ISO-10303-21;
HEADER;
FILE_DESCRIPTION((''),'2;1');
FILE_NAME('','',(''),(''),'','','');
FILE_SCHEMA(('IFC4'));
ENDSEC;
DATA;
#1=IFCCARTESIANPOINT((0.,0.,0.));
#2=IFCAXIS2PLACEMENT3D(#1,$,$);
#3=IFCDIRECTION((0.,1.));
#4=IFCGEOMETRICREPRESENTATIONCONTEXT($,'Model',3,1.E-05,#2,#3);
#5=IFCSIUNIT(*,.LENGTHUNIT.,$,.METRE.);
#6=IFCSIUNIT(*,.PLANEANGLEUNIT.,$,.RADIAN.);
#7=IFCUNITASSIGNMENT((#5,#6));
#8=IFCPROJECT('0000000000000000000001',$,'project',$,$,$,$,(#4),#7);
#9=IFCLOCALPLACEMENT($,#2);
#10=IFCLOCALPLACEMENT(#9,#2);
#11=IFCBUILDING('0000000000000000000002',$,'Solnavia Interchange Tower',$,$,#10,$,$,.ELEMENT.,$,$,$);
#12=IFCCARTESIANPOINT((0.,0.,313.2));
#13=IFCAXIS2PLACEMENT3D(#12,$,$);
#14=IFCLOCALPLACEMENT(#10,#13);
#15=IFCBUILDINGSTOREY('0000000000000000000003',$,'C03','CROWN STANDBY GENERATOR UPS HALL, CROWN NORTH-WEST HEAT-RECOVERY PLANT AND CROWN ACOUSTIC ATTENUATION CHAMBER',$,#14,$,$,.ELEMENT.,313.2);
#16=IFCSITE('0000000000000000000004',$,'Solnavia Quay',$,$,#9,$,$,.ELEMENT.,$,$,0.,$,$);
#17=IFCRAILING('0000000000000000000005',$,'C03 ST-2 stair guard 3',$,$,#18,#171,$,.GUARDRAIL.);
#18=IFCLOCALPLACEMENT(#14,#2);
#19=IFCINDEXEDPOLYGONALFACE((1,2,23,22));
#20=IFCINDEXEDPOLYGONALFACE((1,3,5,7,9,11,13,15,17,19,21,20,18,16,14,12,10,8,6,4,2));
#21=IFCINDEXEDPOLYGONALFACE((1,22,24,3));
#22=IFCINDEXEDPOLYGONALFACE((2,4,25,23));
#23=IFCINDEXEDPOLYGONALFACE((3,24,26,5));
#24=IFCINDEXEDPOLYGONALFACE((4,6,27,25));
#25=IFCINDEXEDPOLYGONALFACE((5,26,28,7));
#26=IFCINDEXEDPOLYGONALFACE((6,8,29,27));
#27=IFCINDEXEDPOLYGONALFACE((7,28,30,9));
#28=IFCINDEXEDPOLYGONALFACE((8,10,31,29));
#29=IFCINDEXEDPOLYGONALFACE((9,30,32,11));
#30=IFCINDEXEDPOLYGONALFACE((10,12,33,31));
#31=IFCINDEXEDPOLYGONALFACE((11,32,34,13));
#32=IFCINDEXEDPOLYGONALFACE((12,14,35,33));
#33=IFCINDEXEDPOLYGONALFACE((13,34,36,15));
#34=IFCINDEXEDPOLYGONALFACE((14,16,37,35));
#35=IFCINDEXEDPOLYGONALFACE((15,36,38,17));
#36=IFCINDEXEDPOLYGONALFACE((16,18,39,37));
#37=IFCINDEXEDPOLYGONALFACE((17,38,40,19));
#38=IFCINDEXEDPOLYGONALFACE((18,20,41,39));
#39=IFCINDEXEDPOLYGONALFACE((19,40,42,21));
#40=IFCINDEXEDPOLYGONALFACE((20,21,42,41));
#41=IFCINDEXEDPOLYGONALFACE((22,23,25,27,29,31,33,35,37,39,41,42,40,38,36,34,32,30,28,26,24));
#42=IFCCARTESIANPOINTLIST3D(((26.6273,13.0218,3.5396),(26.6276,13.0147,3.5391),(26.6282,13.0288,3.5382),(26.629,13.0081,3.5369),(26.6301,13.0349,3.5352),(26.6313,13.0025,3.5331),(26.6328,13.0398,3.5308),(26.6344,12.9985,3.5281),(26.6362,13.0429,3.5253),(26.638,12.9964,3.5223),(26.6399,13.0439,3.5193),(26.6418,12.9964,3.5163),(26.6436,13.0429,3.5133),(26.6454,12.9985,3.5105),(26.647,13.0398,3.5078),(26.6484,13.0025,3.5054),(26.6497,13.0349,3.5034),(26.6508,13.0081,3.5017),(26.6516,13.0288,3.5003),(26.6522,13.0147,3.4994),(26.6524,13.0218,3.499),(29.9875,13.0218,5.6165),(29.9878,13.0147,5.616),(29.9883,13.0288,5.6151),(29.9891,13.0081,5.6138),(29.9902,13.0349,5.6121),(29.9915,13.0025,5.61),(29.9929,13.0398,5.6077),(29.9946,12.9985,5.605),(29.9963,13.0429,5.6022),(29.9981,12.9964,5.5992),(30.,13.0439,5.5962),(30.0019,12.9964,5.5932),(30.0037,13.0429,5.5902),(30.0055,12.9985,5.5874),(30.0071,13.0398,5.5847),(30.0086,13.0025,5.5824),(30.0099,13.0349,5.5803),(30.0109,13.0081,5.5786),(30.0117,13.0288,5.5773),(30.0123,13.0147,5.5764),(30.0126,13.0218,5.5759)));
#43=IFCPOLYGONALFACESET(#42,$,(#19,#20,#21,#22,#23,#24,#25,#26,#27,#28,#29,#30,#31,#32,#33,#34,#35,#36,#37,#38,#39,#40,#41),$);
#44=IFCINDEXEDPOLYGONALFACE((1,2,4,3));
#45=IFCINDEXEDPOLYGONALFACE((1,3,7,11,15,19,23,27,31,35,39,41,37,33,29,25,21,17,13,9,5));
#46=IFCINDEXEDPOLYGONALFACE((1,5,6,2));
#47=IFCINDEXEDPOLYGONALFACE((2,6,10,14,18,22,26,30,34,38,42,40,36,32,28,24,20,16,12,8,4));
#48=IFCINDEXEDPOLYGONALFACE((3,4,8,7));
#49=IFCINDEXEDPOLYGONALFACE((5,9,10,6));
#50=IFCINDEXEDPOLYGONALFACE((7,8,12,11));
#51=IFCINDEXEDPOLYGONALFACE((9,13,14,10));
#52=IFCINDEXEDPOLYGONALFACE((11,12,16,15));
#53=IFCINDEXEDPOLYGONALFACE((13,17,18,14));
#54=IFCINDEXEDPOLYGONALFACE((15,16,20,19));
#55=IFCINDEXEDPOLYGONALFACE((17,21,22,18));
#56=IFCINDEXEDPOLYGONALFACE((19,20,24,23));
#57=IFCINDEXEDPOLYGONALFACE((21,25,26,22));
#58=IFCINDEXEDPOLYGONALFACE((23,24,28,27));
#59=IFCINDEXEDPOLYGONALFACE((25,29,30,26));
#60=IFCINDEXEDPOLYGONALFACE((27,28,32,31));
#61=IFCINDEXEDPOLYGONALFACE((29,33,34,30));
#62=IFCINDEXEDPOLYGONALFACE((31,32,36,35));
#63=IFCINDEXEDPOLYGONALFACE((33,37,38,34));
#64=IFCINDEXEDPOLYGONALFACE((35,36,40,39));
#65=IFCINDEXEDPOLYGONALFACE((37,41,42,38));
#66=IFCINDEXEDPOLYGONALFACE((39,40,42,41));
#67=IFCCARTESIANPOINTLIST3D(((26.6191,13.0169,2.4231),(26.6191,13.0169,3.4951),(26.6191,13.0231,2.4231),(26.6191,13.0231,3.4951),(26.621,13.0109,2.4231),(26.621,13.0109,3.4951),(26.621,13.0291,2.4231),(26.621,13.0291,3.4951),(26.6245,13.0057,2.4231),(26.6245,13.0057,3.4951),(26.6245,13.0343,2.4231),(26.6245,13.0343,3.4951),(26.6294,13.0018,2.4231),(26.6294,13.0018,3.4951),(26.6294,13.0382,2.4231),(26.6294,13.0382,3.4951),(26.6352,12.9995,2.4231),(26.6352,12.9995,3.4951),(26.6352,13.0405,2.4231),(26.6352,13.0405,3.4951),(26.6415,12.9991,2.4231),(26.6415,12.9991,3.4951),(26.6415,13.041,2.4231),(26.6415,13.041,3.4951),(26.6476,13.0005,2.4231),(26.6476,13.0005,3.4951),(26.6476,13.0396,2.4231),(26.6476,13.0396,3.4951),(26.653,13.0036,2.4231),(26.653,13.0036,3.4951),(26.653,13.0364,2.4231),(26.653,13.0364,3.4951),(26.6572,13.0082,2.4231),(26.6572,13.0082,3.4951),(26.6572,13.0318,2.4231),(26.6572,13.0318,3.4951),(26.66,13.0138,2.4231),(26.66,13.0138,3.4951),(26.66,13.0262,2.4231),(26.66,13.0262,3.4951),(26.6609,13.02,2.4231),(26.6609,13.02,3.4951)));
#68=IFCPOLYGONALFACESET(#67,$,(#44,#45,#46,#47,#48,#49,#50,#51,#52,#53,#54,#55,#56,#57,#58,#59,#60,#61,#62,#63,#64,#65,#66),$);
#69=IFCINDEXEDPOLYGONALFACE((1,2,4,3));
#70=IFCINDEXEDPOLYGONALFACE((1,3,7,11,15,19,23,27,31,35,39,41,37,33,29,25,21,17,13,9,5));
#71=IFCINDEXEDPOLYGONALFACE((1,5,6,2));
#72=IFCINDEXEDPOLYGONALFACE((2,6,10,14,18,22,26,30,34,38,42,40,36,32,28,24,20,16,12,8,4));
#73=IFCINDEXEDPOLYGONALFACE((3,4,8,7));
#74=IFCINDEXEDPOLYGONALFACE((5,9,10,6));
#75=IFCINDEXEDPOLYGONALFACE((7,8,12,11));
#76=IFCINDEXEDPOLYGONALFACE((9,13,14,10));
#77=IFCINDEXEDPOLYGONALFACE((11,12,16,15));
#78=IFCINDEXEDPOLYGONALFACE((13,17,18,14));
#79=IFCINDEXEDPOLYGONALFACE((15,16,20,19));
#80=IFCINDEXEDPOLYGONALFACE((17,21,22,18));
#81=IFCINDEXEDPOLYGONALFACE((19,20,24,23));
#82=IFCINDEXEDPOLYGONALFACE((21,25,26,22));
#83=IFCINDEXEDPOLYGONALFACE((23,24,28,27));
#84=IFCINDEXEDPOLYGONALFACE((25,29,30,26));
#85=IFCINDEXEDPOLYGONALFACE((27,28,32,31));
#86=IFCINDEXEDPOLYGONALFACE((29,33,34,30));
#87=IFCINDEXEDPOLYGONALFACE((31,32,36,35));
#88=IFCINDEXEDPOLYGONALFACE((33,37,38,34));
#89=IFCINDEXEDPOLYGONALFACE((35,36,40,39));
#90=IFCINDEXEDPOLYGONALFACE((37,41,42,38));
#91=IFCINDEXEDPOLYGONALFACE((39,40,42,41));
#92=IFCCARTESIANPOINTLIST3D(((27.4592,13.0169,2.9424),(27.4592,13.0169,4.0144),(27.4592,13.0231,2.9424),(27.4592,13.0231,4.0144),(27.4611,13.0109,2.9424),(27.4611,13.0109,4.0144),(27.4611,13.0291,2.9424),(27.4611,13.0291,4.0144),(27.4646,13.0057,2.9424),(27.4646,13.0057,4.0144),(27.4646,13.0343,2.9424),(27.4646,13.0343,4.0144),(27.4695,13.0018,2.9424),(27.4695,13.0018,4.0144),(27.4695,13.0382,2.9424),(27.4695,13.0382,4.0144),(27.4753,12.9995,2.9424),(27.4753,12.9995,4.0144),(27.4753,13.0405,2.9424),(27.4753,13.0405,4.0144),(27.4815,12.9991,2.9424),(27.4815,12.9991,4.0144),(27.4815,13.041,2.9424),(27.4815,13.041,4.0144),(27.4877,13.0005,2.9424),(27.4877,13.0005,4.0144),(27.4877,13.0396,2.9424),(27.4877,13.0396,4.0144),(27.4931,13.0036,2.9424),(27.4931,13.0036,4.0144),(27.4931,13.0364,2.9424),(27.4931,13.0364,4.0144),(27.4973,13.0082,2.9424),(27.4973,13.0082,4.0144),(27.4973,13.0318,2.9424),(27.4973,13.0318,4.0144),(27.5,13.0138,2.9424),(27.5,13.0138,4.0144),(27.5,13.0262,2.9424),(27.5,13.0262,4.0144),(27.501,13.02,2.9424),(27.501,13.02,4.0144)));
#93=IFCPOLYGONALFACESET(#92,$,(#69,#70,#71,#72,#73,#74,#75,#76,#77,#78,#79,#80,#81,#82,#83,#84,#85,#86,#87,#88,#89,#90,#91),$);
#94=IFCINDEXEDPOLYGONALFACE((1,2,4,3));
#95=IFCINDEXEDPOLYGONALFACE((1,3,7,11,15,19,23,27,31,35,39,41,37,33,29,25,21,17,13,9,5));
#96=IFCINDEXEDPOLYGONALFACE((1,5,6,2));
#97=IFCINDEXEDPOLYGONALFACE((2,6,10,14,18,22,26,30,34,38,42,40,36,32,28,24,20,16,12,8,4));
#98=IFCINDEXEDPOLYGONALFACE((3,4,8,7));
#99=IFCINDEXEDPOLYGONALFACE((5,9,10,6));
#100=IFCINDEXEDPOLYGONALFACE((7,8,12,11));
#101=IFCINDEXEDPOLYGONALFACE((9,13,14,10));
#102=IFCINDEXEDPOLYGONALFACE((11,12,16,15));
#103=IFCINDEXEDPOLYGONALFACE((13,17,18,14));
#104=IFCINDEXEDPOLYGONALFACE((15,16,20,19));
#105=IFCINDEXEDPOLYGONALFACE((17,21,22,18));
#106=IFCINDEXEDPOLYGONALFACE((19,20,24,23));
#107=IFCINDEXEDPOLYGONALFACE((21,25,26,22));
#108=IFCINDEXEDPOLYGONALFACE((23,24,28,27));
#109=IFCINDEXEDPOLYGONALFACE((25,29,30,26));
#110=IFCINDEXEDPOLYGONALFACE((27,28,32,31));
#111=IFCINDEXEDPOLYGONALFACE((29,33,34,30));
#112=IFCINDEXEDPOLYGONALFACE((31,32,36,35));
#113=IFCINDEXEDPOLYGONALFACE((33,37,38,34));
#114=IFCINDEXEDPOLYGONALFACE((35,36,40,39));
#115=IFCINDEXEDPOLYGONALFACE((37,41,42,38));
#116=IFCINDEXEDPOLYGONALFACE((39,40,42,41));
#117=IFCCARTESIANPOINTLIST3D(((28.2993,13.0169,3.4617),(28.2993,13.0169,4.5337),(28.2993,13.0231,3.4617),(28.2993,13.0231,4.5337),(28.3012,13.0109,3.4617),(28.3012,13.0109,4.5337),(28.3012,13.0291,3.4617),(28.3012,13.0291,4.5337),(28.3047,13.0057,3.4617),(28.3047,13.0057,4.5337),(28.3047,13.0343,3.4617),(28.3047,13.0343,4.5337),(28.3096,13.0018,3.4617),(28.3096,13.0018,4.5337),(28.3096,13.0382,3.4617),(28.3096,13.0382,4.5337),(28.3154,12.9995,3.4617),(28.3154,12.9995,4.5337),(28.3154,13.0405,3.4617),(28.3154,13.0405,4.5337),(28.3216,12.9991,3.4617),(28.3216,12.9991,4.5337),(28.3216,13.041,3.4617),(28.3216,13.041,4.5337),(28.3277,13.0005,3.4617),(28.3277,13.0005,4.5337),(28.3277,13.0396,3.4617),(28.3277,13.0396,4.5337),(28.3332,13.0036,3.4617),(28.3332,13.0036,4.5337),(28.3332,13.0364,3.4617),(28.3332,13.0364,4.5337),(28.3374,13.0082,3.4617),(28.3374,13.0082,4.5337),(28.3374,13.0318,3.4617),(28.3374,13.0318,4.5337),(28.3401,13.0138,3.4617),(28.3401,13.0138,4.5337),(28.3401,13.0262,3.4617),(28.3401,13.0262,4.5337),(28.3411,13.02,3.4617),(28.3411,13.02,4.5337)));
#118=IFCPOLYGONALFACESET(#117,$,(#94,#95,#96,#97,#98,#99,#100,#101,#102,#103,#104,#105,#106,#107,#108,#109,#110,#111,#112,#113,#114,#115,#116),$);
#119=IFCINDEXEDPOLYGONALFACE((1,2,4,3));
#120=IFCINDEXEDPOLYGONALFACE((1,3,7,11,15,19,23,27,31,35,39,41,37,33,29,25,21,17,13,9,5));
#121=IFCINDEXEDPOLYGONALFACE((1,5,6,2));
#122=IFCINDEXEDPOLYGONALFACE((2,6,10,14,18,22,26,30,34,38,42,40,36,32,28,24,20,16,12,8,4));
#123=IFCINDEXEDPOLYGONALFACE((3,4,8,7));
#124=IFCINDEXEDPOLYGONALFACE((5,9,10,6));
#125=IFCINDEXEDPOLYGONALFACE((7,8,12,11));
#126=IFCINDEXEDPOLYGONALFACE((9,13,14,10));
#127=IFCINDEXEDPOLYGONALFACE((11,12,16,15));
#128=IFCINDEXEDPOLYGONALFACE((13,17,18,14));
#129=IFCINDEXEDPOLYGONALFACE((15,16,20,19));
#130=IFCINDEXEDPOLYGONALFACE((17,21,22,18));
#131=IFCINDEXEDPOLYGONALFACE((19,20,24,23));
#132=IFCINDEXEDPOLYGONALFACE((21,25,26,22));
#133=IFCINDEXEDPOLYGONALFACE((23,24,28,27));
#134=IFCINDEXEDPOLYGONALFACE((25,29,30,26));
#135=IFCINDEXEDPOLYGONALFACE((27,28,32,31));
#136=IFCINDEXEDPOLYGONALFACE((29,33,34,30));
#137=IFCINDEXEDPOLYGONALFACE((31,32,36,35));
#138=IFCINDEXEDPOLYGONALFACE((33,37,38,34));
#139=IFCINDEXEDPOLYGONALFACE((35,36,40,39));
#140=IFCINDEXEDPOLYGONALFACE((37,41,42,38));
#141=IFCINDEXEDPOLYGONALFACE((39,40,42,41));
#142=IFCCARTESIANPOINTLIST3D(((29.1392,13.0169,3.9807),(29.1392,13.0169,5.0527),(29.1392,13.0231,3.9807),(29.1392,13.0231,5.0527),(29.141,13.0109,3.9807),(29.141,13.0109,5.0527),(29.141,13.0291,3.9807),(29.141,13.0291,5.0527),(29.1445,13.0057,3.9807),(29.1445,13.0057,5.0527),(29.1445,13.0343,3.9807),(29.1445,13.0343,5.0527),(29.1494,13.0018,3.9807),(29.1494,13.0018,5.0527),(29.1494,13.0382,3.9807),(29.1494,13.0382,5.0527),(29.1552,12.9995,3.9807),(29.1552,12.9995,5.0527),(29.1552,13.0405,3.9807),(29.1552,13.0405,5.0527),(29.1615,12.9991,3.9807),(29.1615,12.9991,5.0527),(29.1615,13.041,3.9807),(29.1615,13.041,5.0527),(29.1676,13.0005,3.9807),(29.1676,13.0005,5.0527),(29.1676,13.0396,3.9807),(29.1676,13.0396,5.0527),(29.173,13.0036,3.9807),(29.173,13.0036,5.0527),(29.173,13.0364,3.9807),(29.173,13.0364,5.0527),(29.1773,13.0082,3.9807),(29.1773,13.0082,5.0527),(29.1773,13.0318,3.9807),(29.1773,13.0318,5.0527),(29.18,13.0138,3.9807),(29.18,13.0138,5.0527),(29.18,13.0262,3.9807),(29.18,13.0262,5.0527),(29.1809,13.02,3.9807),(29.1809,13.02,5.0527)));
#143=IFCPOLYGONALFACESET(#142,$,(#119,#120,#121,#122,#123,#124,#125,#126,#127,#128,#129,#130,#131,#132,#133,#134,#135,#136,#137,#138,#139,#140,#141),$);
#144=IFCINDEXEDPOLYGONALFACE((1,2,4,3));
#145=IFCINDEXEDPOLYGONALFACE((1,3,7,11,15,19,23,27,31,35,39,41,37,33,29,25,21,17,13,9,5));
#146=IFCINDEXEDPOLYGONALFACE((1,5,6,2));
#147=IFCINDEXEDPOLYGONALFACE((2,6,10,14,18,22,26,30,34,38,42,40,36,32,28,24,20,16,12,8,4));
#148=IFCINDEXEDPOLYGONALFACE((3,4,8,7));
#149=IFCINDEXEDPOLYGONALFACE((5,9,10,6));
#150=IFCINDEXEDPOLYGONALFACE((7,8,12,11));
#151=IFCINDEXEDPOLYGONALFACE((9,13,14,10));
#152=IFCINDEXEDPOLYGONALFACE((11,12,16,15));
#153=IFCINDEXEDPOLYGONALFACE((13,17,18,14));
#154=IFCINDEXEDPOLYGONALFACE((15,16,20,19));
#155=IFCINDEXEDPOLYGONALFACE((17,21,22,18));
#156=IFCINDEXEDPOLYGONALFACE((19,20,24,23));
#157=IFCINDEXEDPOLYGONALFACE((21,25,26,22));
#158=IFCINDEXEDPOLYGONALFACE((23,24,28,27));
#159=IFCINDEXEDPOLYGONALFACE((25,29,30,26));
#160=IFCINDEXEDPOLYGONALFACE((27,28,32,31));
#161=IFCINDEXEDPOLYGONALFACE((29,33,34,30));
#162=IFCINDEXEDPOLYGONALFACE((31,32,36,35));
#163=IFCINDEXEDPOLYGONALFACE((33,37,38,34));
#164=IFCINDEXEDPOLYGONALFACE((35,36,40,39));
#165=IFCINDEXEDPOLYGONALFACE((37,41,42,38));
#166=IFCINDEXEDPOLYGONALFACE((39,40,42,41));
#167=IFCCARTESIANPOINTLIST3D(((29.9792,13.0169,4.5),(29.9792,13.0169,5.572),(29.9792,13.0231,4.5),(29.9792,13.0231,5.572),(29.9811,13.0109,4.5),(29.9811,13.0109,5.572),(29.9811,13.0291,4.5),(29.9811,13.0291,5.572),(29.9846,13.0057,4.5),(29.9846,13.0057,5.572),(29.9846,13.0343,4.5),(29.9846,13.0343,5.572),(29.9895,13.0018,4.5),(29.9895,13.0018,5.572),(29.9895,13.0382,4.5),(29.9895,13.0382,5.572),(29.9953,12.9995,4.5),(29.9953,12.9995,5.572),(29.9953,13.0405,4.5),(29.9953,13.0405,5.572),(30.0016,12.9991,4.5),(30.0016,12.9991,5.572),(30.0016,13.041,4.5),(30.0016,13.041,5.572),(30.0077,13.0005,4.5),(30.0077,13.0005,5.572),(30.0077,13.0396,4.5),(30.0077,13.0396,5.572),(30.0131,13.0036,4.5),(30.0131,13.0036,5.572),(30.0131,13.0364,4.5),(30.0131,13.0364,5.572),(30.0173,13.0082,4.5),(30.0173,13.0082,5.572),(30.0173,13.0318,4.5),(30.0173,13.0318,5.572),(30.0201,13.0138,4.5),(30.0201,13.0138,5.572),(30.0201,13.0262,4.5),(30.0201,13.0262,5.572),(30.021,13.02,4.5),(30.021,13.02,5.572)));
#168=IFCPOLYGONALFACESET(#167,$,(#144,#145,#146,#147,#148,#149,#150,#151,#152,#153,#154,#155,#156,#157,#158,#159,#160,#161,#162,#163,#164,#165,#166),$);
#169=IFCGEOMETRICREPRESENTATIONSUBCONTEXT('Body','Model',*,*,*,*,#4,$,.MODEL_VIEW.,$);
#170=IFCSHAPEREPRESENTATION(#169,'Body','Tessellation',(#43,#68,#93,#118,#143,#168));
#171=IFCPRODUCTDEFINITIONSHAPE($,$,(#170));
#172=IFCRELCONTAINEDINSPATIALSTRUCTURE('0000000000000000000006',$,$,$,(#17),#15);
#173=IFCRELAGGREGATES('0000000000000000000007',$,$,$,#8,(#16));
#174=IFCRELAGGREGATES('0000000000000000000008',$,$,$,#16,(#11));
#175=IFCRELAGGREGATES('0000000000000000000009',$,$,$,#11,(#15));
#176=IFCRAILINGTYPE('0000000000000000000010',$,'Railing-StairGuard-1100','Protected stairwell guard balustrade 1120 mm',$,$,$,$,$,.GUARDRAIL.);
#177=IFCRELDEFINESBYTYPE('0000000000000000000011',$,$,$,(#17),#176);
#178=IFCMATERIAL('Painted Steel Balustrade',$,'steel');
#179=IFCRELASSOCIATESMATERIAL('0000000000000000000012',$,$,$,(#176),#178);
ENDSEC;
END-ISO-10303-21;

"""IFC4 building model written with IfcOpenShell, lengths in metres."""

from ifc_helpers import new_model, si_unit, direction, frame, origin, origin_2d, place, context, subcontext, project, spatial, circle, extrude, material, type_object, element, save


model = new_model("IFC4")

# Units and contexts
model_context = context("Model", 3, precision=1e-05, world=origin(), true_north=direction((0.0, 1.0)))
body_context = subcontext(model_context, "Body", "Model", "MODEL_VIEW")
ifc_project = project(units=[si_unit("LENGTHUNIT", "METRE"), si_unit("PLANEANGLEUNIT", "RADIAN")], contexts=[model_context])

# Site, building, storey
site_placement = place(None, origin())
site = spatial("IfcSite", under=ifc_project, at=site_placement, Name="Solnavia Quay", CompositionType="ELEMENT", RefElevation=0.0)
building_placement = place(site_placement, origin())
building = spatial("IfcBuilding", under=site, at=building_placement, Name="Solnavia Interchange Tower", CompositionType="ELEMENT")
storey_placement = place(building_placement, frame((0.0, 0.0, 313.2)))
storey = spatial("IfcBuildingStorey", under=building, at=storey_placement, Name="C03", Description="CROWN STANDBY GENERATOR UPS HALL, CROWN NORTH-WEST HEAT-RECOVERY PLANT AND CROWN ACOUSTIC ATTENUATION CHAMBER", CompositionType="ELEMENT", Elevation=313.2)

# Railing
ifc_material_1 = material(Name="Painted Steel Balustrade", Category="steel")
railing_type_1 = type_object("IfcRailingType", Name="Railing-StairGuard-1100", Description="Protected stairwell guard balustrade 1120 mm", PredefinedType="GUARDRAIL", material=ifc_material_1)
railing_1_placement = place(storey_placement, frame((26.6399, 13.02, 2.4231)))
element("IfcRailing", 1, at=railing_1_placement, inside=storey, type_object=railing_type_1, Name="C03 ST-2 stair guard 3", PredefinedType="GUARDRAIL", context=body_context, shape_type="SweptSolid", body=[
    extrude(circle(Radius=0.0239, at=origin_2d()), frame((0.0, 0.0, 1.0962), z_axis=(0.850623, 0.0, 0.525776), x_axis=(0.0, 1.0, 0.0)), (0.0, 0.0, 1.0), 3.9502),
    extrude(circle(Radius=0.021, at=origin_2d()), origin(), (0.0, 0.0, 1.0), 1.072),
    extrude(circle(Radius=0.021, at=origin_2d()), frame((0.8401, 0.0, 0.5193)), (0.0, 0.0, 1.0), 1.072),
    extrude(circle(Radius=0.021, at=origin_2d()), frame((1.6802, 0.0, 1.0386)), (0.0, 0.0, 1.0), 1.072),
    extrude(circle(Radius=0.021, at=origin_2d()), frame((2.52, 0.0, 1.5576)), (0.0, 0.0, 1.0), 1.072),
    extrude(circle(Radius=0.021, at=origin_2d()), frame((3.3601, 0.0, 2.0769)), (0.0, 0.0, 1.0), 1.072),
])

save(model, "model.ifc")
